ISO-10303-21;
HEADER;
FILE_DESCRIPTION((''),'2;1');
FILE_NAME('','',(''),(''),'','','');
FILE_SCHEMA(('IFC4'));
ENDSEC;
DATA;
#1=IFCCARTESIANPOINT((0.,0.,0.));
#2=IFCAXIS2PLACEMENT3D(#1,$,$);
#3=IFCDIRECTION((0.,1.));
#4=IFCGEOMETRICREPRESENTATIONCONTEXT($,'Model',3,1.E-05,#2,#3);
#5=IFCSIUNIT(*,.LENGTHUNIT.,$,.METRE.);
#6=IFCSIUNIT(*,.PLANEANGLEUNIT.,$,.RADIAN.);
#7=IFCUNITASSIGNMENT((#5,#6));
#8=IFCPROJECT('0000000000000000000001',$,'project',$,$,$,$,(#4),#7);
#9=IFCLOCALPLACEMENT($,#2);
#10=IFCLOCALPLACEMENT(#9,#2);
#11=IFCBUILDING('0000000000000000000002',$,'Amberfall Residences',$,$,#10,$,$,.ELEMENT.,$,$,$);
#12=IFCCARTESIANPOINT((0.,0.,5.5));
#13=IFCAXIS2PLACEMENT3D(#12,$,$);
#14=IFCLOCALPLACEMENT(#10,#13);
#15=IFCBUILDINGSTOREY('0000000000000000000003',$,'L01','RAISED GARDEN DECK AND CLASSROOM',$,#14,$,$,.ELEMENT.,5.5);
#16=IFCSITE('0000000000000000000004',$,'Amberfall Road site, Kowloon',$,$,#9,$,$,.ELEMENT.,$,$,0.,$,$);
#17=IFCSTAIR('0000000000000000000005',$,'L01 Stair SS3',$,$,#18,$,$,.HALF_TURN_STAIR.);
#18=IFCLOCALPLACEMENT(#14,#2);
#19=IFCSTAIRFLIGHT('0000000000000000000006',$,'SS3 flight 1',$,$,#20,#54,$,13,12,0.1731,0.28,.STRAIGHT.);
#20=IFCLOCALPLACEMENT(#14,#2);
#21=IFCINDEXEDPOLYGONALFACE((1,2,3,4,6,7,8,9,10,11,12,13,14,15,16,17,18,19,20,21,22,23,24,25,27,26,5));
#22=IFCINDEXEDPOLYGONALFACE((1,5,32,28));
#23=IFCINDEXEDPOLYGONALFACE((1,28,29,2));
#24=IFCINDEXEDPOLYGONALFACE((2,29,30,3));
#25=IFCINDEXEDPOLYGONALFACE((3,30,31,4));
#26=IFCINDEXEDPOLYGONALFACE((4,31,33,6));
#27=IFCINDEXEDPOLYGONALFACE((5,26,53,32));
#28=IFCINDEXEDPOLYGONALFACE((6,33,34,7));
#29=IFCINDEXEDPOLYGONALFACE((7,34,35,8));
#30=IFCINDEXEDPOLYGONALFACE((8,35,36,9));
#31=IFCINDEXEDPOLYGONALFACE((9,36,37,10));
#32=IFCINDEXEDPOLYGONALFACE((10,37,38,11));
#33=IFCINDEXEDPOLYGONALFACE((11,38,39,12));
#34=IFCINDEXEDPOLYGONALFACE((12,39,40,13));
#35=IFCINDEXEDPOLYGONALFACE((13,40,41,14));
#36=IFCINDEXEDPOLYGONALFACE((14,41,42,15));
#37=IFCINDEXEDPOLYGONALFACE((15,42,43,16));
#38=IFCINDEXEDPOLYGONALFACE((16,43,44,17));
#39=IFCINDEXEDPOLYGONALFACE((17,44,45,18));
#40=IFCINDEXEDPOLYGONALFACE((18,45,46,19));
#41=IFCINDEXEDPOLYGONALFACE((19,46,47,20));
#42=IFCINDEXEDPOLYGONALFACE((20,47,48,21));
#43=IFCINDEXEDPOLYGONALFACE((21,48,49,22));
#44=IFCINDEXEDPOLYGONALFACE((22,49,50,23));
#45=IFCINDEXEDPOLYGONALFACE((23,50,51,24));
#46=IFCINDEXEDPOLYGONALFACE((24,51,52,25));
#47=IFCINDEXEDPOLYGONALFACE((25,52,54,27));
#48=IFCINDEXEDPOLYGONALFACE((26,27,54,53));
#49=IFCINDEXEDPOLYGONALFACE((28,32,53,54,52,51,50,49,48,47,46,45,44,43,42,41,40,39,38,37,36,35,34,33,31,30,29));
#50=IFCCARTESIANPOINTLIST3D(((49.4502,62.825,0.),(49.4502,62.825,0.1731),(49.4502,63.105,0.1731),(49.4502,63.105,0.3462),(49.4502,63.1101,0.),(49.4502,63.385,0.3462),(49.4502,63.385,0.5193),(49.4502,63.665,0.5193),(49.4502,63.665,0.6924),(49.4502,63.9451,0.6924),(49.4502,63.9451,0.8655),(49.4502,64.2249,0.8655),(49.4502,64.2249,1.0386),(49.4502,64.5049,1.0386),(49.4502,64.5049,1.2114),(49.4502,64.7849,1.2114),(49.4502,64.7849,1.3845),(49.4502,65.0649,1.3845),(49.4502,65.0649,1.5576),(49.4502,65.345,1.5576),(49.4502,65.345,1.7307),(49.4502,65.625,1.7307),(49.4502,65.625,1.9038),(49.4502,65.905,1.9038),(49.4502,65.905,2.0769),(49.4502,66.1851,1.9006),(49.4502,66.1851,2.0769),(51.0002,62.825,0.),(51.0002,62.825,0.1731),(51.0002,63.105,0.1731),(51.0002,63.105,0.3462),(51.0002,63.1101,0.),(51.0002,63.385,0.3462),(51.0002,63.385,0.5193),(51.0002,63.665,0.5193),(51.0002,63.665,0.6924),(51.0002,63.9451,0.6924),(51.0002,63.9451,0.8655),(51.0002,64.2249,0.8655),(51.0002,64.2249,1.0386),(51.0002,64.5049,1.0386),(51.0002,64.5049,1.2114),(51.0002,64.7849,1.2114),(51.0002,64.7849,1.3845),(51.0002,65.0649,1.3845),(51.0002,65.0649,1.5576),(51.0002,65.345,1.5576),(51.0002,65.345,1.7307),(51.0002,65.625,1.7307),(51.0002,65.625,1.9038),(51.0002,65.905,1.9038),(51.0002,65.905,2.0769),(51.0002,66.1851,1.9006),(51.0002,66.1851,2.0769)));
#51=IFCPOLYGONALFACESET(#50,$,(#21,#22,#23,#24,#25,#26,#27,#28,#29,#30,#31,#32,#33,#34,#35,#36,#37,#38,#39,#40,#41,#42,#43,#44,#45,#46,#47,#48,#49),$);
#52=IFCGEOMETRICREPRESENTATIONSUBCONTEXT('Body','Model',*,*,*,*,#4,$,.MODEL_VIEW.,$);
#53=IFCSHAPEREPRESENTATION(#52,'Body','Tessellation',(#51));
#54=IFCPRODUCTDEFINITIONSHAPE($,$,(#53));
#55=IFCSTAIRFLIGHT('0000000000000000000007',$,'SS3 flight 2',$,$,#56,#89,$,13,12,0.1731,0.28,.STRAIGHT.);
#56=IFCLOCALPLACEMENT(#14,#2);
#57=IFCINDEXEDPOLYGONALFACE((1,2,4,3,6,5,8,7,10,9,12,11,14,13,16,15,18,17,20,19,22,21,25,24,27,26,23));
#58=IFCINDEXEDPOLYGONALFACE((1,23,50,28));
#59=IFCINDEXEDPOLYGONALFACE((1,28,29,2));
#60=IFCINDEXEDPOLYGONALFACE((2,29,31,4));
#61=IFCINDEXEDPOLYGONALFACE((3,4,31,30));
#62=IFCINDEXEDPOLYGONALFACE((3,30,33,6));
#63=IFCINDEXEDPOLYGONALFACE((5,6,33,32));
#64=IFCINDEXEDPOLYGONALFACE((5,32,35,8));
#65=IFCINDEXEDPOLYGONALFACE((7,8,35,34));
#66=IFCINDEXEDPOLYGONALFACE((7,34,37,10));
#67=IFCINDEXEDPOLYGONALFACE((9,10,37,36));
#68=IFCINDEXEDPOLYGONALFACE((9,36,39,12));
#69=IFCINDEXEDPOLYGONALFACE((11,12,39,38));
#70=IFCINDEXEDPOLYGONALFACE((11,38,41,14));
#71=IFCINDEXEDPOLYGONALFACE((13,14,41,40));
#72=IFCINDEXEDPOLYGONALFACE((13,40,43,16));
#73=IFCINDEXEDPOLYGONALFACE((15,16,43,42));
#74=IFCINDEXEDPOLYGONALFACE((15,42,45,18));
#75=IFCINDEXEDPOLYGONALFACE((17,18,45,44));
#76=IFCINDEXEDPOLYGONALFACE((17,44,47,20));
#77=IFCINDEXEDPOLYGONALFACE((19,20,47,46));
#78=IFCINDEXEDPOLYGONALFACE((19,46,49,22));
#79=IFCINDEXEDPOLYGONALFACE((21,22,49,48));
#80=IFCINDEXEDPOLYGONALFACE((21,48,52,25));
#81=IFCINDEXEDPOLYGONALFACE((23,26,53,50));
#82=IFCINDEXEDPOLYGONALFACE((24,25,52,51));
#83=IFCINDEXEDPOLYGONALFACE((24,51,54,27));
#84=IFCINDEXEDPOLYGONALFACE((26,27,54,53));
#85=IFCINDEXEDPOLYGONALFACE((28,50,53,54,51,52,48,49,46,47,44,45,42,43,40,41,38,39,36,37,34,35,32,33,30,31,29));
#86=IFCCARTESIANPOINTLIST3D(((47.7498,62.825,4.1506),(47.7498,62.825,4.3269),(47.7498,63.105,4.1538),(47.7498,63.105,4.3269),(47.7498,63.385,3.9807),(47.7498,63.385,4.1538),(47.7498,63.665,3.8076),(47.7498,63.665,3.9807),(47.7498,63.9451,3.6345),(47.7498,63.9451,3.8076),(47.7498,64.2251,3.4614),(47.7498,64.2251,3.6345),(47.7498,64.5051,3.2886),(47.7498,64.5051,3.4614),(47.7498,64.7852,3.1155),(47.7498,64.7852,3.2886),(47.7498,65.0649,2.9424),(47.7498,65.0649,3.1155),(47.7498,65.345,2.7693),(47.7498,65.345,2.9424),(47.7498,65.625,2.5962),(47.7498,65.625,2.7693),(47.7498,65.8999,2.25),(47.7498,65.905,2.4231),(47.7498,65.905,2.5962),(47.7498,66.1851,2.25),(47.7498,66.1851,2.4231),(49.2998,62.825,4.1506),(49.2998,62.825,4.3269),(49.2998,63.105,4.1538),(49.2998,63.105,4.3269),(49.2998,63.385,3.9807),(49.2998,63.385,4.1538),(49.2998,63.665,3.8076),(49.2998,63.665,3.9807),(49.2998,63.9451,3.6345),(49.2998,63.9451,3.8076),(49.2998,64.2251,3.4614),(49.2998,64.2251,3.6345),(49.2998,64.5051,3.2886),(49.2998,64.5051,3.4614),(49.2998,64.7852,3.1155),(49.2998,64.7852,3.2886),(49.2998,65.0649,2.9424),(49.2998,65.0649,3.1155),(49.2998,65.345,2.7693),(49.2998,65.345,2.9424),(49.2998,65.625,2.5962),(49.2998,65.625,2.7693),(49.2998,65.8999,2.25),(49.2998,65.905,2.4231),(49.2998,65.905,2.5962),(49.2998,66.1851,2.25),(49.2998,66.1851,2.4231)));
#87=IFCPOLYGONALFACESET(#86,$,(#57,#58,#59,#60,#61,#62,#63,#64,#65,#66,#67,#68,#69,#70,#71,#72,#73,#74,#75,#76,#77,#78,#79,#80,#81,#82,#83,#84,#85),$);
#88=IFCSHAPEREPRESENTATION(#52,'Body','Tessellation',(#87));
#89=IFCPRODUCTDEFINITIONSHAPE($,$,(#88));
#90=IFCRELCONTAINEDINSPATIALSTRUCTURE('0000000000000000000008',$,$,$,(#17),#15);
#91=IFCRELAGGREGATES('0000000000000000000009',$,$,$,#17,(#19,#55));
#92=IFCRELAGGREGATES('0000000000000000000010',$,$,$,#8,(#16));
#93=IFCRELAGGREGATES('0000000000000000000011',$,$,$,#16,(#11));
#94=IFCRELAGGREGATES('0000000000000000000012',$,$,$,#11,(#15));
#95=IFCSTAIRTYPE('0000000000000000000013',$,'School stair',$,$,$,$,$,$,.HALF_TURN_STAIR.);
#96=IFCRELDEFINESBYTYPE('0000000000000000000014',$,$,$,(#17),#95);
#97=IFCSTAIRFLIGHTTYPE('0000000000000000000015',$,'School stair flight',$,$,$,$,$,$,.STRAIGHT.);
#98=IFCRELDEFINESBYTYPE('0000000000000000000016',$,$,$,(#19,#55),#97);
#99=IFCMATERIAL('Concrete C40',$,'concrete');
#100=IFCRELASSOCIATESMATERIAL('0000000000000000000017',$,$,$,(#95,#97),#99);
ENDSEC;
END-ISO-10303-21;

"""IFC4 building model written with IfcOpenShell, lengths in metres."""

from ifc_helpers import new_model, si_unit, direction, frame, origin, place, context, subcontext, project, spatial, polyline, outline, extrude, material, type_object, element, aggregate, save


model = new_model("IFC4")

# Units and contexts
model_context = context("Model", 3, precision=1e-05, world=origin(), true_north=direction((0.0, 1.0)))
body_context = subcontext(model_context, "Body", "Model", "MODEL_VIEW")
ifc_project = project(units=[si_unit("LENGTHUNIT", "METRE"), si_unit("PLANEANGLEUNIT", "RADIAN")], contexts=[model_context])

# Site, building, storey
site_placement = place(None, origin())
site = spatial("IfcSite", under=ifc_project, at=site_placement, Name="Amberfall Road site, Kowloon", CompositionType="ELEMENT", RefElevation=0.0)
building_placement = place(site_placement, origin())
building = spatial("IfcBuilding", under=site, at=building_placement, Name="Amberfall Residences", CompositionType="ELEMENT")
storey_placement = place(building_placement, frame((0.0, 0.0, 5.5)))
storey = spatial("IfcBuildingStorey", under=building, at=storey_placement, Name="L01", Description="RAISED GARDEN DECK AND CLASSROOM", CompositionType="ELEMENT", Elevation=5.5)

# Stair, stair flights
ifc_material_1 = material(Name="Concrete C40", Category="concrete")
stair_type = type_object("IfcStairType", Name="School stair", PredefinedType="HALF_TURN_STAIR", material=ifc_material_1)
stair_placement = place(storey_placement, origin())
stair = element("IfcStair", 1, at=stair_placement, inside=storey, type_object=stair_type, Name="L01 Stair SS3", PredefinedType="HALF_TURN_STAIR")
stair_flight_type = type_object("IfcStairFlightType", Name="School stair flight", PredefinedType="STRAIGHT", material=ifc_material_1)
stair_flight_1_placement = place(storey_placement, frame((50.2251, 62.825, 0.0), z_axis=(0.0, 0.0, 1.0), x_axis=(0.0, 1.0, 0.0)))
stair_flight_1 = element("IfcStairFlight", 2, at=stair_flight_1_placement, type_object=stair_flight_type, Name="SS3 flight 1", NumberOfRisers=13, NumberOfTreads=12, PredefinedType="STRAIGHT", RiserHeight=0.1731, TreadLength=0.28, context=body_context, shape_type="SweptSolid", body=[
    extrude(outline(polyline([(0.0, 0.0), (0.0, 0.1731), (0.28, 0.1731), (0.28, 0.3462), (0.5601, 0.3462), (0.5601, 0.5193), (0.8401, 0.5193), (0.8401, 0.6924), (1.1201, 0.6924), (1.1201, 0.8655), (1.3999, 0.8655), (1.3999, 1.0386), (1.6799, 1.0386), (1.6799, 1.2114), (1.96, 1.2114), (1.96, 1.3845), (2.24, 1.3845), (2.24, 1.5576), (2.52, 1.5576), (2.52, 1.7307), (2.8, 1.7307), (2.8, 1.9038), (3.0801, 1.9038), (3.0801, 2.0769), (3.3601, 2.0769), (3.3601, 2.25), (3.3601, 1.9006), (0.2852, 0.0), (0.0, 0.0)])), frame((0.0, 0.7749, 0.0), z_axis=(0.0, -1.0, 0.0), x_axis=(1.0, 0.0, 0.0)), (0.0, 0.0, 1.0), 1.55),
])
stair_flight_2_placement = place(storey_placement, frame((48.5249, 66.1851, 2.25), z_axis=(0.0, 0.0, 1.0), x_axis=(0.0, -1.0, 0.0)))
stair_flight_2 = element("IfcStairFlight", 3, at=stair_flight_2_placement, type_object=stair_flight_type, Name="SS3 flight 2", NumberOfRisers=13, NumberOfTreads=12, PredefinedType="STRAIGHT", RiserHeight=0.1731, TreadLength=0.28, context=body_context, shape_type="SweptSolid", body=[
    extrude(outline(polyline([(0.0, 0.0), (0.0, 0.1731), (0.28, 0.1731), (0.28, 0.3462), (0.5601, 0.3462), (0.5601, 0.5193), (0.8401, 0.5193), (0.8401, 0.6924), (1.1201, 0.6924), (1.1201, 0.8655), (1.3999, 0.8655), (1.3999, 1.0386), (1.6799, 1.0386), (1.6799, 1.2114), (1.96, 1.2114), (1.96, 1.3845), (2.24, 1.3845), (2.24, 1.5576), (2.52, 1.5576), (2.52, 1.7307), (2.8, 1.7307), (2.8, 1.9038), (3.0801, 1.9038), (3.0801, 2.0769), (3.3601, 2.0769), (3.3601, 2.25), (3.3601, 1.9006), (0.2852, 0.0), (0.0, 0.0)])), frame((0.0, 0.7749, 0.0), z_axis=(0.0, -1.0, 0.0), x_axis=(1.0, 0.0, 0.0)), (0.0, 0.0, 1.0), 1.55),
])
aggregate(stair, [stair_flight_1, stair_flight_2])

save(model, "model.ifc")
